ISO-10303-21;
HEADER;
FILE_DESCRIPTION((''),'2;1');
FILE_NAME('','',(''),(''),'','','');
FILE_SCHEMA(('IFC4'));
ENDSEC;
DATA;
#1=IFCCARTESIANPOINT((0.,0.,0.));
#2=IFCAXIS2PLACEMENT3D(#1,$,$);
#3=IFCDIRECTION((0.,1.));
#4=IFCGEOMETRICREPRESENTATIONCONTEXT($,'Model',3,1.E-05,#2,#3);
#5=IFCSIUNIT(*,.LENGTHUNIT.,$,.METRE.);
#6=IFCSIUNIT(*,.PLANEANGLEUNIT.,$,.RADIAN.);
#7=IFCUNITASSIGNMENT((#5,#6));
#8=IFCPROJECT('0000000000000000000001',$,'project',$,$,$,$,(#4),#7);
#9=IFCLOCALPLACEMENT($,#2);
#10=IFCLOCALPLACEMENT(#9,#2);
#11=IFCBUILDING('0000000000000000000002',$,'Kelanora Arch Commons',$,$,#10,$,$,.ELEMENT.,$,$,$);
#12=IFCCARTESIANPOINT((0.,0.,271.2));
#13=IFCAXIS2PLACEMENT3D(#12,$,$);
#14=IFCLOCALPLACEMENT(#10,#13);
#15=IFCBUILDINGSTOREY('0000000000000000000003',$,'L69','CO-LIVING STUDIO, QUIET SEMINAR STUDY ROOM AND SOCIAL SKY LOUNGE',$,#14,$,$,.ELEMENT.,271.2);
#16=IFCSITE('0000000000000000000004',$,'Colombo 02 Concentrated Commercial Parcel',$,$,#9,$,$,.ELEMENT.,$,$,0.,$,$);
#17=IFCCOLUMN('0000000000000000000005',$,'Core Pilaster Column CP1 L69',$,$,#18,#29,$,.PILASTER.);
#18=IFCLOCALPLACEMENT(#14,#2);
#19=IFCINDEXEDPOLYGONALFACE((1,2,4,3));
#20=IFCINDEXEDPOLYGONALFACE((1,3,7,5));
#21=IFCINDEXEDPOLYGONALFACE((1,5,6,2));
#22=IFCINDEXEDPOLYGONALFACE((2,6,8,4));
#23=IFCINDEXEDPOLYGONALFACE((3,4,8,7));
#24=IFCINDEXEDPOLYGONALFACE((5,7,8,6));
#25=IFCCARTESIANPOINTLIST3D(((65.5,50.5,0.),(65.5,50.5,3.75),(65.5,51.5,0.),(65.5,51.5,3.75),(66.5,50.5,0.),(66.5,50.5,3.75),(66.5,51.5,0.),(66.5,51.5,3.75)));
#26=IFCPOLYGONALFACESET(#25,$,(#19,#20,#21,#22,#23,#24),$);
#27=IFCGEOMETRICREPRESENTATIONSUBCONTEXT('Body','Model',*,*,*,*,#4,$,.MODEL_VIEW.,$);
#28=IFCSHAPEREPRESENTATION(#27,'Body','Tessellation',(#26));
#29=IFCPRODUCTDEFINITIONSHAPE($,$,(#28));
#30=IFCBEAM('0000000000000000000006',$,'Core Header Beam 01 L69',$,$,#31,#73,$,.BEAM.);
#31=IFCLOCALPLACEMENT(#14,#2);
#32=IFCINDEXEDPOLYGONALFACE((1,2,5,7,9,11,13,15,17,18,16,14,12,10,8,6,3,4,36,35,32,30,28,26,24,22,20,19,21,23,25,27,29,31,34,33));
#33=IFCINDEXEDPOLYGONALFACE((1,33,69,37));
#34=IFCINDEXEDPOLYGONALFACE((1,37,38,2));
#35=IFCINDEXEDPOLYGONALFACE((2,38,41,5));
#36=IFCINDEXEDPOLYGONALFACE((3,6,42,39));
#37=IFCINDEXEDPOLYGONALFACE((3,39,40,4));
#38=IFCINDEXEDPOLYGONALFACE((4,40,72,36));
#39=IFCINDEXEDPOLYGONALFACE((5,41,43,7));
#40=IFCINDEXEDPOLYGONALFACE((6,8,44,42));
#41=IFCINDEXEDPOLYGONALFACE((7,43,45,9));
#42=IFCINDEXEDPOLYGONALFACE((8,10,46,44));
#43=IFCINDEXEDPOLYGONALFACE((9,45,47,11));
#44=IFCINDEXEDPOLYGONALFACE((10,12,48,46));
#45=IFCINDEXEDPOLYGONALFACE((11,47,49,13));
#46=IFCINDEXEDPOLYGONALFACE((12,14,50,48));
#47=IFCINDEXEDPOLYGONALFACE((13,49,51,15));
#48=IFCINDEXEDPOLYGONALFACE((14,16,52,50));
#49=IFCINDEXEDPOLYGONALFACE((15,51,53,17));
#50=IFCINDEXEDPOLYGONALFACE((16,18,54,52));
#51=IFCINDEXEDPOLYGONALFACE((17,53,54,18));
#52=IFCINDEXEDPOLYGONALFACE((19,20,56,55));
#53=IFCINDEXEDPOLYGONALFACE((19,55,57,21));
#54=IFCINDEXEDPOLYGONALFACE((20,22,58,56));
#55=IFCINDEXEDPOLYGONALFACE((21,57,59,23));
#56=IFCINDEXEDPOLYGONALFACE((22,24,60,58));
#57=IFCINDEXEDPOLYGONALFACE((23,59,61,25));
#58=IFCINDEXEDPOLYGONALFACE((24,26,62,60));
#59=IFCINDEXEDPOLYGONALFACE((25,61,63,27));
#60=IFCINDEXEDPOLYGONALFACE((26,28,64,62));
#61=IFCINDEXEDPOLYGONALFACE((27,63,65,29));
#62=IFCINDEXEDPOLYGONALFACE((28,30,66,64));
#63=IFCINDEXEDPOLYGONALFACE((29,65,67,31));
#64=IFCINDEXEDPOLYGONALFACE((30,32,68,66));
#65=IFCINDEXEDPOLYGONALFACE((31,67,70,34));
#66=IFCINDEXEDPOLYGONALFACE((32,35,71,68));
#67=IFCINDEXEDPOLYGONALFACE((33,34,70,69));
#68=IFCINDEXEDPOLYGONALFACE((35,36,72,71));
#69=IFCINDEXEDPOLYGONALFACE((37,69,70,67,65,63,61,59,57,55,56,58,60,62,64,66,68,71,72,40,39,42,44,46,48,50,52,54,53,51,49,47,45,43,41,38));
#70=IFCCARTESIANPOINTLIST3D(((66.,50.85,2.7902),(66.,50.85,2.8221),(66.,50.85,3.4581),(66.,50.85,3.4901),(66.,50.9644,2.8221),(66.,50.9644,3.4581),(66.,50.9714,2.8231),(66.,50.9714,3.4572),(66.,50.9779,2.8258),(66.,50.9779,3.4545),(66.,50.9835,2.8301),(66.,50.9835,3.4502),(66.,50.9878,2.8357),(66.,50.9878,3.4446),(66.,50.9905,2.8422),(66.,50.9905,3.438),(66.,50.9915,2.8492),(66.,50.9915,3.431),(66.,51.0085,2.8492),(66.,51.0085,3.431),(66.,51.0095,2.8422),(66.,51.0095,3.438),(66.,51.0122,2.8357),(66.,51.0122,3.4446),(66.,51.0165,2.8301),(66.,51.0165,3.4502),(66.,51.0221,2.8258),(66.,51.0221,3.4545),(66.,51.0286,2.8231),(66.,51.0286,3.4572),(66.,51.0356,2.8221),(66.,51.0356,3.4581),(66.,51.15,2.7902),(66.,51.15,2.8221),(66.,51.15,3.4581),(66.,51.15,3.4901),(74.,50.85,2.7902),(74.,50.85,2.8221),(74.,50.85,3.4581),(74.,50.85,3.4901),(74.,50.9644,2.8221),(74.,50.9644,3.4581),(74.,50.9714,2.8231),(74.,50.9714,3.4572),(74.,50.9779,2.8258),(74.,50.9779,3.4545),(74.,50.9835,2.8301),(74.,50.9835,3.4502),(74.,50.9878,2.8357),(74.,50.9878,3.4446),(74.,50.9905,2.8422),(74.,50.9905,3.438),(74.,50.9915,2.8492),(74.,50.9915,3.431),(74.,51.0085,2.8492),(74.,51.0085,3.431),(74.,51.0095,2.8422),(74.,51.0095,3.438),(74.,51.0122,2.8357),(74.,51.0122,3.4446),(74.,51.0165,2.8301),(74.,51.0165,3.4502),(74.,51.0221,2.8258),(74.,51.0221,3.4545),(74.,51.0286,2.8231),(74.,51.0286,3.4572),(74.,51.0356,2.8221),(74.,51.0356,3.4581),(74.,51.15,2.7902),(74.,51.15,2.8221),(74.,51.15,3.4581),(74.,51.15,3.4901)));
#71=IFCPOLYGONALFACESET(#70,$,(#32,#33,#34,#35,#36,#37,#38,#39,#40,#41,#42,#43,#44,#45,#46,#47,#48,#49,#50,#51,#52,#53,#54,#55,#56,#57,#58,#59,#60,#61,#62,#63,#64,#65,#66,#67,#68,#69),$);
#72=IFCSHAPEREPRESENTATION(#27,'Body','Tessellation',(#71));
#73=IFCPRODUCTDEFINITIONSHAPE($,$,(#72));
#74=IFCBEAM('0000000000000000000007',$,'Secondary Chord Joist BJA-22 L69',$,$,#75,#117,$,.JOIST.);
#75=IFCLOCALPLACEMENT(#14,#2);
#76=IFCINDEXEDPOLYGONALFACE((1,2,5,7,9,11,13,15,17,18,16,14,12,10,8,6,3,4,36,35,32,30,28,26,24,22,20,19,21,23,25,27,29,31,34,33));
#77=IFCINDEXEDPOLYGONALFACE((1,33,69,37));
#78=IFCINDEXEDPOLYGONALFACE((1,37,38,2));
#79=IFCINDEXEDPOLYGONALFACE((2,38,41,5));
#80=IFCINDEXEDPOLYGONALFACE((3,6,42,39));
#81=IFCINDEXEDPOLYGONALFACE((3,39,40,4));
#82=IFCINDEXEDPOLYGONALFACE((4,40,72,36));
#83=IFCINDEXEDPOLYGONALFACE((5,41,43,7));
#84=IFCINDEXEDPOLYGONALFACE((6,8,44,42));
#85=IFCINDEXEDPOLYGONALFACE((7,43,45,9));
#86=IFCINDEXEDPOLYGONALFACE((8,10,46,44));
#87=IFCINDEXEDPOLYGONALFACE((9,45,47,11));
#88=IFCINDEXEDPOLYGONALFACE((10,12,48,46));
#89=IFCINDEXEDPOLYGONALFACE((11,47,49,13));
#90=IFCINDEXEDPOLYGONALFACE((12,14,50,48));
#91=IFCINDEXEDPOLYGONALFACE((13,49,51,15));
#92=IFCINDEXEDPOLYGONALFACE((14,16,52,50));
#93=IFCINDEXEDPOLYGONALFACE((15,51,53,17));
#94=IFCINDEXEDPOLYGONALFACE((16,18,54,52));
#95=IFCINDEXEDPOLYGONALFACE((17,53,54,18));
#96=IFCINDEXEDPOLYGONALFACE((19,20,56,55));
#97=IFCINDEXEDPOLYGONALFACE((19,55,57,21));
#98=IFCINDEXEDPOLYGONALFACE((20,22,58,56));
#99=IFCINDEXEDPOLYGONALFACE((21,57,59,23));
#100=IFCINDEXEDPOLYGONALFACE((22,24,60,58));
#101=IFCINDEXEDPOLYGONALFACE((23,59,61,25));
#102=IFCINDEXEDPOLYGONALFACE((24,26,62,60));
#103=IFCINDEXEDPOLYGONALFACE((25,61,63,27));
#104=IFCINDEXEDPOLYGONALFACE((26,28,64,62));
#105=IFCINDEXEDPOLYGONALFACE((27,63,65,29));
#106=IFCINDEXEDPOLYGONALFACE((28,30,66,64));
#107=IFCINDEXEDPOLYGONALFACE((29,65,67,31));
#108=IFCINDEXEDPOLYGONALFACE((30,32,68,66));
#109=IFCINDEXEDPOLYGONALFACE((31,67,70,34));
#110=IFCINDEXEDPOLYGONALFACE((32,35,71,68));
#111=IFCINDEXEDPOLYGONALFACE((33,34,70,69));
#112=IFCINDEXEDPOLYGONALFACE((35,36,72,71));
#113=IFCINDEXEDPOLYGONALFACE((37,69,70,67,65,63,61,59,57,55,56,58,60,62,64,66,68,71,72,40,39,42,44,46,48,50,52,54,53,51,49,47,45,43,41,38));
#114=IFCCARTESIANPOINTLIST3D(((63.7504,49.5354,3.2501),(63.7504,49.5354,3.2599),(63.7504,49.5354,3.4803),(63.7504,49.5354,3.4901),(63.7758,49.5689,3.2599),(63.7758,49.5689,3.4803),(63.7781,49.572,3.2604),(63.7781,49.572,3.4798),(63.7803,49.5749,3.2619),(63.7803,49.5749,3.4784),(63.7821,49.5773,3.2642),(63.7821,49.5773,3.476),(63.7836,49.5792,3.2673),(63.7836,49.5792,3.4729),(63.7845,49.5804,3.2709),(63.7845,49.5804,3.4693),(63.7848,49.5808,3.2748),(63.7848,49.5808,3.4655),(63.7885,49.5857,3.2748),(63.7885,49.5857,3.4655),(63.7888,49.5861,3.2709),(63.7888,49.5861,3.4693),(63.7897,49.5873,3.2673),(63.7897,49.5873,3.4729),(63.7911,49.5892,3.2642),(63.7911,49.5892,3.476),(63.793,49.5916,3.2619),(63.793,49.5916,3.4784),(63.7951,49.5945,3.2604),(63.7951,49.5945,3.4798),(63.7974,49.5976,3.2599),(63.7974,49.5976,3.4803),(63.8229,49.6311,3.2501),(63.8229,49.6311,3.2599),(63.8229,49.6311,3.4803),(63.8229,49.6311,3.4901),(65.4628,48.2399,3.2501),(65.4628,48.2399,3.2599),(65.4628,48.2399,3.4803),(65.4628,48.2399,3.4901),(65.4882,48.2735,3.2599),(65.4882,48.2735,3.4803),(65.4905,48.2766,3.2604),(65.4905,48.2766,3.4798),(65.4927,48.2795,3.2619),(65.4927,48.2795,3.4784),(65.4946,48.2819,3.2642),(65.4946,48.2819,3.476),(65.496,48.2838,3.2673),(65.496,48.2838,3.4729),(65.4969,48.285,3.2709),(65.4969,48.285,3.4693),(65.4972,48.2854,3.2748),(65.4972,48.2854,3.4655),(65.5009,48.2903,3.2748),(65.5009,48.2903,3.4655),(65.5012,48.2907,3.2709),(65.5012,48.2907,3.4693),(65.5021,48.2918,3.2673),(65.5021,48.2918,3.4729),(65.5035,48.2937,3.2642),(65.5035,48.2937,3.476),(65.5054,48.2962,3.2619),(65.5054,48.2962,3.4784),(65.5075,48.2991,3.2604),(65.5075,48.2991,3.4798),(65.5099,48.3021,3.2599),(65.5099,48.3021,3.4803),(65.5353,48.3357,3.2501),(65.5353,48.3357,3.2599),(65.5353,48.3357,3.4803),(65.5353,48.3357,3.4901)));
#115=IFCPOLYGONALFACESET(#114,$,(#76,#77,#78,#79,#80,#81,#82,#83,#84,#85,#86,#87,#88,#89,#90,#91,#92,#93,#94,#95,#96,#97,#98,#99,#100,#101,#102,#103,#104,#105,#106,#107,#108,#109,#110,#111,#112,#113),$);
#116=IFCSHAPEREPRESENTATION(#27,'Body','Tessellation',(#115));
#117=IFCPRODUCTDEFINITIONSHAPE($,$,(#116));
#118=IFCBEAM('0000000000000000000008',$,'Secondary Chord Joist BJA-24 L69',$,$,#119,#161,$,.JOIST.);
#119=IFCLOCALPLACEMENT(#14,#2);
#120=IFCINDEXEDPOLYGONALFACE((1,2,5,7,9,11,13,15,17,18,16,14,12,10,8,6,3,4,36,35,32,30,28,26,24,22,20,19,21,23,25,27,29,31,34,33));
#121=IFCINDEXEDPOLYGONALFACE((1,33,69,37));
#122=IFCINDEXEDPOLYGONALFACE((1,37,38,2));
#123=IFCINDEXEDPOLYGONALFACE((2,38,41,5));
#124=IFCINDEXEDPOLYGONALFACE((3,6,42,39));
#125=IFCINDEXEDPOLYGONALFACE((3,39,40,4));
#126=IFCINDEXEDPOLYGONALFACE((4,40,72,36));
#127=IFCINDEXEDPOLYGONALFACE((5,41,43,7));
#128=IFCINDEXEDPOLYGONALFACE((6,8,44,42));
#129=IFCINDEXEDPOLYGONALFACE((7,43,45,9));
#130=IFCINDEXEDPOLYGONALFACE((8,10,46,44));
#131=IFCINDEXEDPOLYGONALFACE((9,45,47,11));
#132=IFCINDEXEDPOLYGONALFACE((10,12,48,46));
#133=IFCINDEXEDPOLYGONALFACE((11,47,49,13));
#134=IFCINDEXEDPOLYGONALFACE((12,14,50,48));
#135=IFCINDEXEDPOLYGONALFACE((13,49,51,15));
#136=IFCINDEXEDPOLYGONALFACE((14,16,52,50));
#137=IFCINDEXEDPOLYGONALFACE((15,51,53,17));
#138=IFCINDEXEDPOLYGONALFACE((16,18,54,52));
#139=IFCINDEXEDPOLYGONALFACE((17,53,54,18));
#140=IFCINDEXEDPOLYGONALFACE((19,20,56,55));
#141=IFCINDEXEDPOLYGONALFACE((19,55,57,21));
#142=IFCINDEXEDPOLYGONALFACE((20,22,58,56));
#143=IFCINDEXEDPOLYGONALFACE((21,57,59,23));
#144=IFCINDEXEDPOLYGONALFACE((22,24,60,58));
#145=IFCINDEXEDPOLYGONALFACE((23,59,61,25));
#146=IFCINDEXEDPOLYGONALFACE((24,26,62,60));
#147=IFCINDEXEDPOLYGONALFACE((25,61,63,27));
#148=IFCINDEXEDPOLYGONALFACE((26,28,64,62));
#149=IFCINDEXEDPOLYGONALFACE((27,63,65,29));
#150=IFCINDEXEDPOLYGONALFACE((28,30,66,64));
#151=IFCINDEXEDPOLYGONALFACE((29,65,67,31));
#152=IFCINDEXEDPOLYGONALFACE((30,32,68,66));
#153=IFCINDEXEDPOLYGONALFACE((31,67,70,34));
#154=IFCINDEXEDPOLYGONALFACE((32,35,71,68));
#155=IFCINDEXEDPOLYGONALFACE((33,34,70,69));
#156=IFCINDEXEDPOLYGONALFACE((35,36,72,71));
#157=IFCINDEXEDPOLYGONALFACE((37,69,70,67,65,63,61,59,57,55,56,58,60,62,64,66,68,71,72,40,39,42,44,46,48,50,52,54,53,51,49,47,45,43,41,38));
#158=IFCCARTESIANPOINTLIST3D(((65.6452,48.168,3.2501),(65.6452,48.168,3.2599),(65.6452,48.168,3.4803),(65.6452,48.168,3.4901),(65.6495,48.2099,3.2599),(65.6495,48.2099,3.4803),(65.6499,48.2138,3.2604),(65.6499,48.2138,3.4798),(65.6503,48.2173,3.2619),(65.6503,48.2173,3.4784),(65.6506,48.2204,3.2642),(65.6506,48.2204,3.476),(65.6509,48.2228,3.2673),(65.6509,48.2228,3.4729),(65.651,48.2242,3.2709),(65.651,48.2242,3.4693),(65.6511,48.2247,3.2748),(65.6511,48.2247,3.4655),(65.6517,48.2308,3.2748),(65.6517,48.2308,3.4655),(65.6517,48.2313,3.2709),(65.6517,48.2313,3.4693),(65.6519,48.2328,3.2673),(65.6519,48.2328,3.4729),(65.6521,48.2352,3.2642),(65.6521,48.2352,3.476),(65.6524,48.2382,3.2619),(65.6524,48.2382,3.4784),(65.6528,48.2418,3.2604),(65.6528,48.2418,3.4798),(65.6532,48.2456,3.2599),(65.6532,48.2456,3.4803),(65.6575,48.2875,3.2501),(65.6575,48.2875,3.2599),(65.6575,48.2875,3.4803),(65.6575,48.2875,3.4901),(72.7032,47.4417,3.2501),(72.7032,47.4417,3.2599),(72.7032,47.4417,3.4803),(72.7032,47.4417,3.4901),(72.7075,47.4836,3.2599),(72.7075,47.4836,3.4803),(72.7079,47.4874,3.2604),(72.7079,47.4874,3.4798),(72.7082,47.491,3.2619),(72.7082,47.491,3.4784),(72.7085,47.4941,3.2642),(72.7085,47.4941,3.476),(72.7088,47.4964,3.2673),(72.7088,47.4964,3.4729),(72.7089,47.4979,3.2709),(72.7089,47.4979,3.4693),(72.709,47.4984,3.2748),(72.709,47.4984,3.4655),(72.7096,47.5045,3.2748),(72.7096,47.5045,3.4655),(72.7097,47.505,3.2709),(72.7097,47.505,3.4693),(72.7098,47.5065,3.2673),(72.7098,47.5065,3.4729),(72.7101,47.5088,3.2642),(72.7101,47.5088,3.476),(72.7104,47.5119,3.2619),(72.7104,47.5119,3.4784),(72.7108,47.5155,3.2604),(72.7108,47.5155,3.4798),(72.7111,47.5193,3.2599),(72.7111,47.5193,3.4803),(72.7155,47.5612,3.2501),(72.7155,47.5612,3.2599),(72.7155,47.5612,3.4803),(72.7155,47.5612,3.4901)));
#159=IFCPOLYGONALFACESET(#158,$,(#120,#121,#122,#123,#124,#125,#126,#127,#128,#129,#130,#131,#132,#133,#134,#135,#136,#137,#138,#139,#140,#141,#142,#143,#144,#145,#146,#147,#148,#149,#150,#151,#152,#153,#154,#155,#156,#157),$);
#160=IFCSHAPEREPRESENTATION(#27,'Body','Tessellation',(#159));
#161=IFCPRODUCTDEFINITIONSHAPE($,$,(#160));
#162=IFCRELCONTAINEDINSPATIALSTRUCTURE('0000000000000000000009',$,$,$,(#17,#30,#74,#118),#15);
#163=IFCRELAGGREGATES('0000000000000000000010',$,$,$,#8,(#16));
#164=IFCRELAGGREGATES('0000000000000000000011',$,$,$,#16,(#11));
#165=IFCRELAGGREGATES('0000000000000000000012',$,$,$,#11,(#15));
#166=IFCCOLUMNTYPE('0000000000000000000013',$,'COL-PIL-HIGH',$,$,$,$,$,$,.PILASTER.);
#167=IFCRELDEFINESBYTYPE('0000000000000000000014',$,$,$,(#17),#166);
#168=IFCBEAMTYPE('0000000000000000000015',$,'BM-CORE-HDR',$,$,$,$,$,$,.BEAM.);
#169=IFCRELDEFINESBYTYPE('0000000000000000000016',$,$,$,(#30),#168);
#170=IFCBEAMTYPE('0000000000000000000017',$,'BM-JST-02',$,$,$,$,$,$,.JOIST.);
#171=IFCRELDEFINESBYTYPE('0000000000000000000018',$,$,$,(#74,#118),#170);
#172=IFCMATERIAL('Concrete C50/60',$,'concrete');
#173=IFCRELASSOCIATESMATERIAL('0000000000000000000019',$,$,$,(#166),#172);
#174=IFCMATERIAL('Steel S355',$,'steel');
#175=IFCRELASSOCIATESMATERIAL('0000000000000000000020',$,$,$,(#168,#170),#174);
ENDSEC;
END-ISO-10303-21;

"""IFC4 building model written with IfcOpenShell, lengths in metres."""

from ifc_helpers import new_model, si_unit, direction, frame, origin, origin_2d, place, context, subcontext, project, spatial, rectangle, i_section, extrude, material, material_profile, profile_set, type_object, element, save


model = new_model("IFC4")

# Units and contexts
model_context = context("Model", 3, precision=1e-05, world=origin(), true_north=direction((0.0, 1.0)))
body_context = subcontext(model_context, "Body", "Model", "MODEL_VIEW")
ifc_project = project(units=[si_unit("LENGTHUNIT", "METRE"), si_unit("PLANEANGLEUNIT", "RADIAN")], contexts=[model_context])

# Site, building, storey
site_placement = place(None, origin())
site = spatial("IfcSite", under=ifc_project, at=site_placement, Name="Colombo 02 Concentrated Commercial Parcel", CompositionType="ELEMENT", RefElevation=0.0)
building_placement = place(site_placement, origin())
building = spatial("IfcBuilding", under=site, at=building_placement, Name="Kelanora Arch Commons", CompositionType="ELEMENT")
storey_placement = place(building_placement, frame((0.0, 0.0, 271.2)))
storey = spatial("IfcBuildingStorey", under=building, at=storey_placement, Name="L69", Description="CO-LIVING STUDIO, QUIET SEMINAR STUDY ROOM AND SOCIAL SKY LOUNGE", CompositionType="ELEMENT", Elevation=271.2)

# Column
ifc_material_1 = material(Name="Concrete C50/60", Category="concrete")
ifc_material_profile_1 = material_profile(ifc_material_1, rectangle(XDim=1.0, YDim=1.0, at=origin_2d()), Name="RC1000x1000")
ifc_profile_set_1 = profile_set([ifc_material_profile_1], Name="Concrete C50/60")
column_type = type_object("IfcColumnType", Name="COL-PIL-HIGH", PredefinedType="PILASTER", material=ifc_profile_set_1)
column_placement = place(storey_placement, frame((66.0, 51.0, 0.0), z_axis=(0.0, 0.0, 1.0), x_axis=(1.0, 0.0, 0.0)))
element("IfcColumn", 1, at=column_placement, inside=storey, type_object=column_type, Name="Core Pilaster Column CP1 L69", PredefinedType="PILASTER", context=body_context, shape_type="SweptSolid", body=[
    extrude(rectangle(XDim=1.0, YDim=1.0, at=origin_2d()), origin(), (0.0, 0.0, 1.0), 3.75),
])

# Beams
ifc_material_2 = material(Name="Steel S355", Category="steel")
ifc_material_profile_2 = material_profile(ifc_material_2, i_section(OverallWidth=0.3, OverallDepth=0.7, WebThickness=0.0171, FlangeThickness=0.032, FilletRadius=0.0271, at=origin_2d()), Name="HEB700")
ifc_profile_set_2 = profile_set([ifc_material_profile_2], Name="Steel S355")
beam_type_1 = type_object("IfcBeamType", Name="BM-CORE-HDR", PredefinedType="BEAM", material=ifc_profile_set_2)
beam_1_placement = place(storey_placement, frame((66.0, 51.0, 3.1401), z_axis=(1.0, 0.0, 0.0), x_axis=(0.0, 1.0, 0.0)))
element("IfcBeam", 2, at=beam_1_placement, inside=storey, type_object=beam_type_1, Name="Core Header Beam 01 L69", PredefinedType="BEAM", context=body_context, shape_type="SweptSolid", body=[
    extrude(i_section(OverallWidth=0.3, OverallDepth=0.7, WebThickness=0.0171, FlangeThickness=0.032, FilletRadius=0.0271, at=origin_2d()), origin(), (0.0, 0.0, 1.0), 8.0),
])
ifc_material_profile_3 = material_profile(ifc_material_2, i_section(OverallWidth=0.1201, OverallDepth=0.24, WebThickness=0.0061, FlangeThickness=0.0098, FilletRadius=0.0149, at=origin_2d()), Name="IPE240")
ifc_profile_set_3 = profile_set([ifc_material_profile_3], Name="Steel S355")
beam_type_2 = type_object("IfcBeamType", Name="BM-JST-02", PredefinedType="JOIST", material=ifc_profile_set_3)
beam_2_placement = place(storey_placement, frame((63.7866, 49.5833, 3.3701), z_axis=(0.79751, -0.603306, 0.0), x_axis=(0.603306, 0.79751, 0.0)))
element("IfcBeam", 3, at=beam_2_placement, inside=storey, type_object=beam_type_2, Name="Secondary Chord Joist BJA-22 L69", PredefinedType="JOIST", context=body_context, shape_type="SweptSolid", body=[
    extrude(i_section(OverallWidth=0.1201, OverallDepth=0.24, WebThickness=0.0061, FlangeThickness=0.0098, FilletRadius=0.0149, at=origin_2d()), origin(), (0.0, 0.0, 1.0), 2.1472),
])
beam_3_placement = place(storey_placement, frame((65.6514, 48.2278, 3.3701), z_axis=(0.994747, -0.102369, 0.0), x_axis=(0.102369, 0.994747, 0.0)))
element("IfcBeam", 4, at=beam_3_placement, inside=storey, type_object=beam_type_2, Name="Secondary Chord Joist BJA-24 L69", PredefinedType="JOIST", context=body_context, shape_type="SweptSolid", body=[
    extrude(i_section(OverallWidth=0.1201, OverallDepth=0.24, WebThickness=0.0061, FlangeThickness=0.0098, FilletRadius=0.0149, at=origin_2d()), origin(), (0.0, 0.0, 1.0), 7.0952),
])

save(model, "model.ifc")
